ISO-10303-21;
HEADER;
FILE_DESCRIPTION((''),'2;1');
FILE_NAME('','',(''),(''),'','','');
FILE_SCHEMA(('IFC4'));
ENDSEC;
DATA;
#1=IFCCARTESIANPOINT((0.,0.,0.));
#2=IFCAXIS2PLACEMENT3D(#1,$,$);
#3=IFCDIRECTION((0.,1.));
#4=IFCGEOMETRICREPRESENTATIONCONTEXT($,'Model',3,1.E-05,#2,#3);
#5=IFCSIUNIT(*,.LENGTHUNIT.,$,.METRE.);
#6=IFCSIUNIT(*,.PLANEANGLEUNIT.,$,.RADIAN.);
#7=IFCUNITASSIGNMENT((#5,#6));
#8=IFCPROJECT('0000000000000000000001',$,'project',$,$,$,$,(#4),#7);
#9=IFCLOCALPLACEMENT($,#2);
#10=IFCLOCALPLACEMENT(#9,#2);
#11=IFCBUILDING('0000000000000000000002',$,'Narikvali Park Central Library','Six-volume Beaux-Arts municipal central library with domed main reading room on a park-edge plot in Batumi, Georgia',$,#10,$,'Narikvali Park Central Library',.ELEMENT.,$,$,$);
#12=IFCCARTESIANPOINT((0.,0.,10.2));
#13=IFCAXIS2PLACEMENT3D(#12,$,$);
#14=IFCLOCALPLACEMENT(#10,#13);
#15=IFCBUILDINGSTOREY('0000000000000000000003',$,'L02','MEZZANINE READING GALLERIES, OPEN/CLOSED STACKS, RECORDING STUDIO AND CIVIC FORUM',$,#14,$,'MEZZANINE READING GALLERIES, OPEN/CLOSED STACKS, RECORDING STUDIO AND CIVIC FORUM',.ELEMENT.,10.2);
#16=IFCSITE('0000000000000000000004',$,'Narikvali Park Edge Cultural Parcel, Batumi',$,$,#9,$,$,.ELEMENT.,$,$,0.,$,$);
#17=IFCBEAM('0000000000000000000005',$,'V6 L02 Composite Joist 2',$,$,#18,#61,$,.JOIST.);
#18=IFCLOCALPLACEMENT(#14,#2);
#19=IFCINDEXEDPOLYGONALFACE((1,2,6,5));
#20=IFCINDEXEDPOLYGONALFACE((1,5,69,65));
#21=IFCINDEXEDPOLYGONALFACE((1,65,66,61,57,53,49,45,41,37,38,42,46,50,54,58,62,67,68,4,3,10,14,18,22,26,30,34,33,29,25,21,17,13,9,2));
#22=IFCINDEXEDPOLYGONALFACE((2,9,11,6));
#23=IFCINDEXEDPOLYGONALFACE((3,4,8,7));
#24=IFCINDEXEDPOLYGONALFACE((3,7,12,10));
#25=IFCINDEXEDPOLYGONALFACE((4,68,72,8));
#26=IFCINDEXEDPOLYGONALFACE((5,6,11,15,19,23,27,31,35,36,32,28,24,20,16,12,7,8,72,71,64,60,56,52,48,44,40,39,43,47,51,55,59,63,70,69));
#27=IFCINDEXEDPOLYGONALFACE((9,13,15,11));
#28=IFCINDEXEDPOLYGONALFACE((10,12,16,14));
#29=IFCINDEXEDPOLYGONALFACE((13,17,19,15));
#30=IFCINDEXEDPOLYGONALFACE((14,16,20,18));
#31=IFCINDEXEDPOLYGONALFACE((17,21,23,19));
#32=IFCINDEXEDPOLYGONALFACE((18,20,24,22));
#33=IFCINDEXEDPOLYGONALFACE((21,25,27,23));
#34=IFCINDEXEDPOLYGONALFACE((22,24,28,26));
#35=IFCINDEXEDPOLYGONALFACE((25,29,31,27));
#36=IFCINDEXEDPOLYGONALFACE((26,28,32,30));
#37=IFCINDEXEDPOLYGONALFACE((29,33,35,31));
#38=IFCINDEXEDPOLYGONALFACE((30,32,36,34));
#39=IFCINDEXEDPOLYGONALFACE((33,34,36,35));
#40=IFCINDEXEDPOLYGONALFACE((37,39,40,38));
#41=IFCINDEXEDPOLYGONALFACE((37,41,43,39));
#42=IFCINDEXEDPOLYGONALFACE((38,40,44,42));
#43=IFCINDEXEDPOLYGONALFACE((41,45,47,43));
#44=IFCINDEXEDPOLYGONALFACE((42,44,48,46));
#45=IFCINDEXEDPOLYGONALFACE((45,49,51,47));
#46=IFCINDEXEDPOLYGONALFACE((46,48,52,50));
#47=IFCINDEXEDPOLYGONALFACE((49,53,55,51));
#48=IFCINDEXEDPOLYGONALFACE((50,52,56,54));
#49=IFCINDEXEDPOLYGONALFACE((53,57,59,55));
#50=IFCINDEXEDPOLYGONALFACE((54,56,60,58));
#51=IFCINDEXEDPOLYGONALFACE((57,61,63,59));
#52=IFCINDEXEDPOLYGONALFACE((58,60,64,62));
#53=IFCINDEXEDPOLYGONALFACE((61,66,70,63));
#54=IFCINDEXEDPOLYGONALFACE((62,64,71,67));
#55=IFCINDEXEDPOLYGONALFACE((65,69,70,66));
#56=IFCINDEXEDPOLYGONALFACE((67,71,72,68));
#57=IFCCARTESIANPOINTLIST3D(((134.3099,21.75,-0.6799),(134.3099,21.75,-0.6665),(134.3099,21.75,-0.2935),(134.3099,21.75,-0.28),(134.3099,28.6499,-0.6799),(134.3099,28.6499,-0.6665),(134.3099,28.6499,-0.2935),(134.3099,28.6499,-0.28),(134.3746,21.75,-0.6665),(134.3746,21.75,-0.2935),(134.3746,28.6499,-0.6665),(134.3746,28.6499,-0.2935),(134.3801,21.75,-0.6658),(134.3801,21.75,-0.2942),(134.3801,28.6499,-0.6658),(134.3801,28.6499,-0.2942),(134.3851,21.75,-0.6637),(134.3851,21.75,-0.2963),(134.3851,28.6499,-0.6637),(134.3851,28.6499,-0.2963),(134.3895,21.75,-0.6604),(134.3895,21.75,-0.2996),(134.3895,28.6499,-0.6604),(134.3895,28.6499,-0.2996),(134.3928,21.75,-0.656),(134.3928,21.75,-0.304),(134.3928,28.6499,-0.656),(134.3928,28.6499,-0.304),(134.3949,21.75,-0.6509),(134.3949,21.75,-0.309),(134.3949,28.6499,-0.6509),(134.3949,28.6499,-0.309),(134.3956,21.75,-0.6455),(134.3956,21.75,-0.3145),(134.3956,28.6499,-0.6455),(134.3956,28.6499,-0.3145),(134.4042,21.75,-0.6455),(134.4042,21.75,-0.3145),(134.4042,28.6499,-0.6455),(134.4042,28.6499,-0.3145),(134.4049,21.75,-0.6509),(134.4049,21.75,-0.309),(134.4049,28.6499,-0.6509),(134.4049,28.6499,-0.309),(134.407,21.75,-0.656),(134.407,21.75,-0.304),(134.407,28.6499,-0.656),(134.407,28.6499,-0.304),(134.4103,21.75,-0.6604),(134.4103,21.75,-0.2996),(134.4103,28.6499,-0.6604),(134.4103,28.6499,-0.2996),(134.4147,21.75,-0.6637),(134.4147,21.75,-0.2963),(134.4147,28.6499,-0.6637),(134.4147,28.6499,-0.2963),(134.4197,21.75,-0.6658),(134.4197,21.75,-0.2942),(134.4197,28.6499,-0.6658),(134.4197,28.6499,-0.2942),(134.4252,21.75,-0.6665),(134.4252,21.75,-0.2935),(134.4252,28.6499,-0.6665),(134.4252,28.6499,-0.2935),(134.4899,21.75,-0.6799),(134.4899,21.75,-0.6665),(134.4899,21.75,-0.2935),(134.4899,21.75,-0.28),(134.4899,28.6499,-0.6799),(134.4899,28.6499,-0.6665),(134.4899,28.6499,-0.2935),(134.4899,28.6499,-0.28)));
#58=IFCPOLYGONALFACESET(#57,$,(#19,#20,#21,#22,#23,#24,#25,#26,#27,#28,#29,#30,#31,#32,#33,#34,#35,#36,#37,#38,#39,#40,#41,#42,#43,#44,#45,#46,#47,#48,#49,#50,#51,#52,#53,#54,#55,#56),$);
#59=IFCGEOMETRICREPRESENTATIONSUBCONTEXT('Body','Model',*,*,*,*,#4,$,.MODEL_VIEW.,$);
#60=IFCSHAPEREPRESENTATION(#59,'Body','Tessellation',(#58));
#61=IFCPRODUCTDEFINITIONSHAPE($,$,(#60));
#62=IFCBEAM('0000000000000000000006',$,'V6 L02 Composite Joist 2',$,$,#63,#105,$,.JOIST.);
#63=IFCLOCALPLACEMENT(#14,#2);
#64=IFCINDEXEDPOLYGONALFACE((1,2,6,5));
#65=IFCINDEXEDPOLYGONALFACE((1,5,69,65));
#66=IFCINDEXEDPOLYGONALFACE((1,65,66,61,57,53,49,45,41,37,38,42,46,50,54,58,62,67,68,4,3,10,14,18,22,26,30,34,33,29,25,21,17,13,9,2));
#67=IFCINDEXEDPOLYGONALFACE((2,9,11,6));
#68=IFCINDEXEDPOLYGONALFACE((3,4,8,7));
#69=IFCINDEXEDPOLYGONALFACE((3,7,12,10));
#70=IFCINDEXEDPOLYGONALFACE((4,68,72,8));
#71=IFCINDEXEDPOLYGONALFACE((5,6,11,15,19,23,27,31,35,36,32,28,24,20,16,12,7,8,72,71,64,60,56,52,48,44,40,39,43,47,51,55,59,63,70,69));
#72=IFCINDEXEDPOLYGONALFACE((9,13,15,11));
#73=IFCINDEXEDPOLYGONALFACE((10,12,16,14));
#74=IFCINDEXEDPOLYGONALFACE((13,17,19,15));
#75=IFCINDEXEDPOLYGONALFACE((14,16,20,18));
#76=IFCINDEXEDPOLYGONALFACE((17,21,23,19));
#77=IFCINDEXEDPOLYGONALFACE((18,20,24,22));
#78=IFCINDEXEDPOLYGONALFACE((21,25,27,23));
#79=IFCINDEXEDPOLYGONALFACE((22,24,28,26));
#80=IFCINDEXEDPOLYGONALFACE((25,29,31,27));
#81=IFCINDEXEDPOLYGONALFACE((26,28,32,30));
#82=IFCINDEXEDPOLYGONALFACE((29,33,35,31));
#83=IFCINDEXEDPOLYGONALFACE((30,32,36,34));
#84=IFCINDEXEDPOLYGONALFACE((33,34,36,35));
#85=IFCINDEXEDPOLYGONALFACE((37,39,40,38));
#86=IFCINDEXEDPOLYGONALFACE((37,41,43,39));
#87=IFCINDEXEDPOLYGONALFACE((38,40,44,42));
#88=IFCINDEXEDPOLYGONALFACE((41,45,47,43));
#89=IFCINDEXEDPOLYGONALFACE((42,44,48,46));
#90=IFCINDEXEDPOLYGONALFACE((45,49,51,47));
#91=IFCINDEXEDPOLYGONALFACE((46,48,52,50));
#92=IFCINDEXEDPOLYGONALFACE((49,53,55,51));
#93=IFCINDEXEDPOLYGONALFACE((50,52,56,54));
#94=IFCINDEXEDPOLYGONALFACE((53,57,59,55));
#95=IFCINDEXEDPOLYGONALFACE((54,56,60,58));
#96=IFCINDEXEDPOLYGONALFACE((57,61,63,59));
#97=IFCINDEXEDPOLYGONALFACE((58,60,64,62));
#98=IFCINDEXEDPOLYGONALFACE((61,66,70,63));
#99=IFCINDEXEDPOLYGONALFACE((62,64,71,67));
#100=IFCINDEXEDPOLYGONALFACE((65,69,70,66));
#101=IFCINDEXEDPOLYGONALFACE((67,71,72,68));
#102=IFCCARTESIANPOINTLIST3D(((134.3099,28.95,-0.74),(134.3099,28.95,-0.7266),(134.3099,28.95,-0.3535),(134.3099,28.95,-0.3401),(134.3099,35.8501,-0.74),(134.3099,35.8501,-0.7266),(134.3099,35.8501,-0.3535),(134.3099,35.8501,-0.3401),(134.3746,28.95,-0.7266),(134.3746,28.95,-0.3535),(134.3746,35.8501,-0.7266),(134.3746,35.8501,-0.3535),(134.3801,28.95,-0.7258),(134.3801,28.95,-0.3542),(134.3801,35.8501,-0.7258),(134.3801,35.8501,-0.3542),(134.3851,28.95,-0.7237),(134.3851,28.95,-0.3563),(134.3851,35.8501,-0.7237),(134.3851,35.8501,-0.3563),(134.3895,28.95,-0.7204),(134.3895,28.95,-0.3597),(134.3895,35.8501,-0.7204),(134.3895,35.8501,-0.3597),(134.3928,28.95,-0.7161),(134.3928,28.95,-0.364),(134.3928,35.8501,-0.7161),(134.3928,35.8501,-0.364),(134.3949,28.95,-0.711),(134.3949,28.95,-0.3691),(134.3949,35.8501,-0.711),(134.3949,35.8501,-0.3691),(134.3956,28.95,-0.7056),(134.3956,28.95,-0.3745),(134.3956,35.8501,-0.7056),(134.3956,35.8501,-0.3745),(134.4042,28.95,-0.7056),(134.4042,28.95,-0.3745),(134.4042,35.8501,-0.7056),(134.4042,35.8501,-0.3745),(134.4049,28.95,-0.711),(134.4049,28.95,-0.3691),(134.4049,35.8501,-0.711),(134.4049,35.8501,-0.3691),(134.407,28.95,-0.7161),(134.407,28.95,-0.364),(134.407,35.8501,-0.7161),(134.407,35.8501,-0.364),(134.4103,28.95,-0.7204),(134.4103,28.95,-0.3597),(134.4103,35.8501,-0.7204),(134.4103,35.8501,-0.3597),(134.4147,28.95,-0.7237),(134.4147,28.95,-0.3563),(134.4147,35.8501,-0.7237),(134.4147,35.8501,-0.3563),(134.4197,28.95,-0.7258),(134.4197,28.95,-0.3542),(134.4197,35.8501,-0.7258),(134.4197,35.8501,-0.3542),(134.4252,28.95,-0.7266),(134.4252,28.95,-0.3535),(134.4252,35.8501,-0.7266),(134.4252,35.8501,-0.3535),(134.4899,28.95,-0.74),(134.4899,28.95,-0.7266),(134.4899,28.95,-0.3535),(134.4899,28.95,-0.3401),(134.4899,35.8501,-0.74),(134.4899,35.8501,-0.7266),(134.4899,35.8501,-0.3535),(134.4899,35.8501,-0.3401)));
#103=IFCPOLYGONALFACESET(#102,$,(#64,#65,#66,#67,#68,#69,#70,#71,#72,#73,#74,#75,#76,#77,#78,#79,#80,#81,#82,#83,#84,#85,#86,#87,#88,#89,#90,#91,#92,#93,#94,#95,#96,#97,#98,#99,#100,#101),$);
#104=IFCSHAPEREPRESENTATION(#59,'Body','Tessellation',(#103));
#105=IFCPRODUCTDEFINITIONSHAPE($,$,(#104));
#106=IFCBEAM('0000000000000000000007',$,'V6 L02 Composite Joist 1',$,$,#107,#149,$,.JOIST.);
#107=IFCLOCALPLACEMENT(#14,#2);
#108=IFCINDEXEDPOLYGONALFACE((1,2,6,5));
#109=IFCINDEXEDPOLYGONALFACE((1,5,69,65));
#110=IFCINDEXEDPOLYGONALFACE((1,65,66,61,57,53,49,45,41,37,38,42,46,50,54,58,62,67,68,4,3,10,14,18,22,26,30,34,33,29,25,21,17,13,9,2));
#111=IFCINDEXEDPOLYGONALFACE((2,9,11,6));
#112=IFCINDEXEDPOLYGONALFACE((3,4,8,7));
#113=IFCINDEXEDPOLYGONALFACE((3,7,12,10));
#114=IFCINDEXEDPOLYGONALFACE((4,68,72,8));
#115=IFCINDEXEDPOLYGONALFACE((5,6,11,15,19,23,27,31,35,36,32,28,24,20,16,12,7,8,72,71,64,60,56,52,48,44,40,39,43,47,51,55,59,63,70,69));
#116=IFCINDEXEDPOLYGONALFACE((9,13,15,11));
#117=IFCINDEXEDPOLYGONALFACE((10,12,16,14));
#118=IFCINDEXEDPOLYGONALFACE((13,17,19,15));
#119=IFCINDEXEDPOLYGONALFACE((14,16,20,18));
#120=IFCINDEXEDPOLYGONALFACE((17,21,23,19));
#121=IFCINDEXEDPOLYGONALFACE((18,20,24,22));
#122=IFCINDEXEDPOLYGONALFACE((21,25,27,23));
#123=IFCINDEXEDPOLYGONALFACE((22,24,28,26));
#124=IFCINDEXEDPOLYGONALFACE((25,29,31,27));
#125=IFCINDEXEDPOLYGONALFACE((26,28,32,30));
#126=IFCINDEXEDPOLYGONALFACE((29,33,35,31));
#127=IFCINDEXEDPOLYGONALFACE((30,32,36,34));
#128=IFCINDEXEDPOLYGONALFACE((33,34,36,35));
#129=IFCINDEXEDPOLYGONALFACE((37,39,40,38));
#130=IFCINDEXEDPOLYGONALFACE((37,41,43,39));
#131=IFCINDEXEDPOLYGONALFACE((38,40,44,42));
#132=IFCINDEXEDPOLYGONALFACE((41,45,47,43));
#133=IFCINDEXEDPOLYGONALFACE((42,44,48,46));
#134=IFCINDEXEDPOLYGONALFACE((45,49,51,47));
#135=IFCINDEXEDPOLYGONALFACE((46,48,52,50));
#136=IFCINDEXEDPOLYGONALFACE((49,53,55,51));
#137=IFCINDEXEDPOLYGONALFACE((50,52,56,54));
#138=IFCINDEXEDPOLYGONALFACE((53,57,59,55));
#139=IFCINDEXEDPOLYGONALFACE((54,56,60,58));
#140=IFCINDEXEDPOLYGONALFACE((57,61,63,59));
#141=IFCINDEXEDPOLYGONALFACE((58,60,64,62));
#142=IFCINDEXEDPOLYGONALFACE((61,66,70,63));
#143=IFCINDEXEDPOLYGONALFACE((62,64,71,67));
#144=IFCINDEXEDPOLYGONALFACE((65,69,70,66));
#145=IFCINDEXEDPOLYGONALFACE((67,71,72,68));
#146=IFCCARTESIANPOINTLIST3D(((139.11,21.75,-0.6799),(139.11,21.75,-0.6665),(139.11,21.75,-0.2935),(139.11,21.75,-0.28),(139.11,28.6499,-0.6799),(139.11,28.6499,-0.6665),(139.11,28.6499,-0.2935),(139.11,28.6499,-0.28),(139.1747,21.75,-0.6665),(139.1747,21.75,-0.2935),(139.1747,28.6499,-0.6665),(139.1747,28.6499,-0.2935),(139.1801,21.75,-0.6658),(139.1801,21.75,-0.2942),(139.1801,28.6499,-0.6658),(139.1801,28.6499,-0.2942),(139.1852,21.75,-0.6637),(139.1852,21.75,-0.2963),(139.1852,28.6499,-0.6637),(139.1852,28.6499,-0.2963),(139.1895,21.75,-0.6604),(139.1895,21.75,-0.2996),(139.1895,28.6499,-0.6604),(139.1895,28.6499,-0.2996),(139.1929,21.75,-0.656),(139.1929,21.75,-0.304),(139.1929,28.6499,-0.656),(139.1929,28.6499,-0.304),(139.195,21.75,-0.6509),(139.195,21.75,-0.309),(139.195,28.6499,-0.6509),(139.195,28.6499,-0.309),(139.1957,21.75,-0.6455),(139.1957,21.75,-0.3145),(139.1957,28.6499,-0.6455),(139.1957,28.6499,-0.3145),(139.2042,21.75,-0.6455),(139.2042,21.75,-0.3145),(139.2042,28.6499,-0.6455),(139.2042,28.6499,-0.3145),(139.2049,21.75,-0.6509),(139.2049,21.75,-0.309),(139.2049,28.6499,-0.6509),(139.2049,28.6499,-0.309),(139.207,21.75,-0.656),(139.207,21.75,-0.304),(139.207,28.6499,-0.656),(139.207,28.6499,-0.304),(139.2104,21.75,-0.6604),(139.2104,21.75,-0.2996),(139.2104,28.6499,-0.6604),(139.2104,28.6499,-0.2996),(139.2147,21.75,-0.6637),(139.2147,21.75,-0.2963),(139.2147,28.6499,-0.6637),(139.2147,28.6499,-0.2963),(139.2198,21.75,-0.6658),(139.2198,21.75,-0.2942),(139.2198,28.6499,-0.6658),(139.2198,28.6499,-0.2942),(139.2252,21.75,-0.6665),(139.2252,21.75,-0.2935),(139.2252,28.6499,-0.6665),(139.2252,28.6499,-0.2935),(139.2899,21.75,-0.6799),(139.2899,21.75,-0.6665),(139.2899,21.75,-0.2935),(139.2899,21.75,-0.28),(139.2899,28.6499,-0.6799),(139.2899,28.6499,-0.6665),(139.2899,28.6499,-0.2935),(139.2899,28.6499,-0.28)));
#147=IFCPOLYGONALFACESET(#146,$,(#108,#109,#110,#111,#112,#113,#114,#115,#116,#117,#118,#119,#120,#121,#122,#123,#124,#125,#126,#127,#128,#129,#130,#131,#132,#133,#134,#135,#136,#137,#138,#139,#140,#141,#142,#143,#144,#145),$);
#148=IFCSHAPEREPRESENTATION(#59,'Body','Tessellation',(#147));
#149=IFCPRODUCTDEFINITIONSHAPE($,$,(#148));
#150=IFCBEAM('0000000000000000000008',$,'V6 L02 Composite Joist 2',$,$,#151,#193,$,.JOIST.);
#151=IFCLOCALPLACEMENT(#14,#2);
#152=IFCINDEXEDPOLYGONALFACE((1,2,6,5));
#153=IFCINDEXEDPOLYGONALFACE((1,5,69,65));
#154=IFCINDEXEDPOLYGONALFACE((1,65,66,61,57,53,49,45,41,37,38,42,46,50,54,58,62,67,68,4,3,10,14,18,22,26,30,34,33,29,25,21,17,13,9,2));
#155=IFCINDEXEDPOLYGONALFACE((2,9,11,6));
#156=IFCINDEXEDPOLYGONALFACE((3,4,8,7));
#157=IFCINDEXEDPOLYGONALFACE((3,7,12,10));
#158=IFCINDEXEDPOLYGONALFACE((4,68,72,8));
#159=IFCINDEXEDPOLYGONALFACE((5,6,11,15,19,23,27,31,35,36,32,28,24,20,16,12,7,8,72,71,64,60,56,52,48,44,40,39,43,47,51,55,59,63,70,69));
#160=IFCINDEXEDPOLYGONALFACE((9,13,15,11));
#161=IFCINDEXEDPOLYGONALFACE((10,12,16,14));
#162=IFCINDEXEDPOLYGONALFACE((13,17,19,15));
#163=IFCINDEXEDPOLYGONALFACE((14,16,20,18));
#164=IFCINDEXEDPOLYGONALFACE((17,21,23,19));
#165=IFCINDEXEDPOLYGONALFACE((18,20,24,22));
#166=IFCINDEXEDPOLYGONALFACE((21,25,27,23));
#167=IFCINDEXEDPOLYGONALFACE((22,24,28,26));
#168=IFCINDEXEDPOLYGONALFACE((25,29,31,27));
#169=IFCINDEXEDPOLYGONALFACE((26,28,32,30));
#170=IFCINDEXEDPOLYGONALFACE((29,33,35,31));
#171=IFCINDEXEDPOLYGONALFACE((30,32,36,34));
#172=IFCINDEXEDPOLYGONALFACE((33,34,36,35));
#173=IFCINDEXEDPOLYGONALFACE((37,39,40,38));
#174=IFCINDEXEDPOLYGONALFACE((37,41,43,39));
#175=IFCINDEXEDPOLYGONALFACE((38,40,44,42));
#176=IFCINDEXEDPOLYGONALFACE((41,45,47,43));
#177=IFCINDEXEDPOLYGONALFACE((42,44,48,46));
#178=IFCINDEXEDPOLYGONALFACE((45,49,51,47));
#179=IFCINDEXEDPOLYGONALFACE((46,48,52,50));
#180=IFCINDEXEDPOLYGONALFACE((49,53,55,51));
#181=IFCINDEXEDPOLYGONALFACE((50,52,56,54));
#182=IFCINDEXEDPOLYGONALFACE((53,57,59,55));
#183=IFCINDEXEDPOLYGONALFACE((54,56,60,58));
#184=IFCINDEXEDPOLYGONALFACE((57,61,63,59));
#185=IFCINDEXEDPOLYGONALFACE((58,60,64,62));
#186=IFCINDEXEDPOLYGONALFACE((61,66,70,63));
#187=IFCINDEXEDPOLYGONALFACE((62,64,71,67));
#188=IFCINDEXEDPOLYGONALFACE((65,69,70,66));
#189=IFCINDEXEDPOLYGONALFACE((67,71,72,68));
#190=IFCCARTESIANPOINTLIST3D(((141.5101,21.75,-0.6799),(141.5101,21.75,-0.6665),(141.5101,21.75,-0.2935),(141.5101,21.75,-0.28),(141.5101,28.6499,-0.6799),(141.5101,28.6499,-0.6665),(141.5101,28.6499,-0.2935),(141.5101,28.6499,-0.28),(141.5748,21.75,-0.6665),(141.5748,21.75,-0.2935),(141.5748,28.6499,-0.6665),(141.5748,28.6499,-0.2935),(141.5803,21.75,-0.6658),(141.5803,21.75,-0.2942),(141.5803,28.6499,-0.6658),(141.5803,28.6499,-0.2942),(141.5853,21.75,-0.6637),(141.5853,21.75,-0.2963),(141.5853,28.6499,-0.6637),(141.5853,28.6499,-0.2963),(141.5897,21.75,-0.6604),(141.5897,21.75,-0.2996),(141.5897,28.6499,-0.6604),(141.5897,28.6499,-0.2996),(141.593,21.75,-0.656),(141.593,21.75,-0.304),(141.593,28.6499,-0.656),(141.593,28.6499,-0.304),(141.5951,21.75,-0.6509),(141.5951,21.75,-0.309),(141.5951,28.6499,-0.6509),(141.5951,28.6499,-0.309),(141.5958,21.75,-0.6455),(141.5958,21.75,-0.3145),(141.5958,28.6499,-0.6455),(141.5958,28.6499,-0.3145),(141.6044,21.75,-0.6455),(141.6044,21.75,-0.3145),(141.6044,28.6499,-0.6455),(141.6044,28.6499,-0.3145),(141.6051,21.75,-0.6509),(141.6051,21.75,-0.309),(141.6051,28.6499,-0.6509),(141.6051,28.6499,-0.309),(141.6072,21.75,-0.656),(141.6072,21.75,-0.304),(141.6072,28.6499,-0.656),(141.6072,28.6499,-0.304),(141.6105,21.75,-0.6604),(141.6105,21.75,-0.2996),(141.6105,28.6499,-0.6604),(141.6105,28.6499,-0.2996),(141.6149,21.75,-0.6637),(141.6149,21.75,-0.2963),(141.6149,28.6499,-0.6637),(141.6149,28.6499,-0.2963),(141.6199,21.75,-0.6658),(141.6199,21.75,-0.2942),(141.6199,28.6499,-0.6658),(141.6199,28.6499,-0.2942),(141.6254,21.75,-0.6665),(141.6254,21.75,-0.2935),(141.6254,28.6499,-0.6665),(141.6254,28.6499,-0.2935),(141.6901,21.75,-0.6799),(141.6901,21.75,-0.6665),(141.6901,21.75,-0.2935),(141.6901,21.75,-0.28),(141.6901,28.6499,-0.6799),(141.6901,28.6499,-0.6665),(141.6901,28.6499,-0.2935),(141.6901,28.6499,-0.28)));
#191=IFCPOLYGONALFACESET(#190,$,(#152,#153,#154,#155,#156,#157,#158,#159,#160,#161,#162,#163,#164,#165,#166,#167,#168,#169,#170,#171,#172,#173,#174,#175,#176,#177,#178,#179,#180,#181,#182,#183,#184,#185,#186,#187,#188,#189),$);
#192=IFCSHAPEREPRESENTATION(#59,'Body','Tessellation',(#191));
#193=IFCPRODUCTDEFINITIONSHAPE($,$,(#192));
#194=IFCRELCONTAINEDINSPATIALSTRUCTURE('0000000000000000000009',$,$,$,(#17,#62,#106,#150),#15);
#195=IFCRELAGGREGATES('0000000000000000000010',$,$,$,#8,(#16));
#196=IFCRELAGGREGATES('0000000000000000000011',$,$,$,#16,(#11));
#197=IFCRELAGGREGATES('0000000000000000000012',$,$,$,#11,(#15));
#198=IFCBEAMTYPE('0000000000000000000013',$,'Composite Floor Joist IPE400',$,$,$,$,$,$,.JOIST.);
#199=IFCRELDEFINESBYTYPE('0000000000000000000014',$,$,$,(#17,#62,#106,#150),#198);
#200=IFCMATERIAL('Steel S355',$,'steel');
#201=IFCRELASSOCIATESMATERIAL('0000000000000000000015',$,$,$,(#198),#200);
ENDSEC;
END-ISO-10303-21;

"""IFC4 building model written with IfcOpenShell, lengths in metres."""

from ifc_helpers import new_model, si_unit, direction, frame, origin, origin_2d, place, context, subcontext, project, spatial, i_section, extrude, material, material_profile, profile_set, type_object, element, save


model = new_model("IFC4")

# Units and contexts
model_context = context("Model", 3, precision=1e-05, world=origin(), true_north=direction((0.0, 1.0)))
body_context = subcontext(model_context, "Body", "Model", "MODEL_VIEW")
ifc_project = project(units=[si_unit("LENGTHUNIT", "METRE"), si_unit("PLANEANGLEUNIT", "RADIAN")], contexts=[model_context])

# Site, building, storey
site_placement = place(None, origin())
site = spatial("IfcSite", under=ifc_project, at=site_placement, Name="Narikvali Park Edge Cultural Parcel, Batumi", CompositionType="ELEMENT", RefElevation=0.0)
building_placement = place(site_placement, origin())
building = spatial("IfcBuilding", under=site, at=building_placement, Name="Narikvali Park Central Library", Description="Six-volume Beaux-Arts municipal central library with domed main reading room on a park-edge plot in Batumi, Georgia", LongName="Narikvali Park Central Library", CompositionType="ELEMENT")
storey_placement = place(building_placement, frame((0.0, 0.0, 10.2)))
storey = spatial("IfcBuildingStorey", under=building, at=storey_placement, Name="L02", Description="MEZZANINE READING GALLERIES, OPEN/CLOSED STACKS, RECORDING STUDIO AND CIVIC FORUM", LongName="MEZZANINE READING GALLERIES, OPEN/CLOSED STACKS, RECORDING STUDIO AND CIVIC FORUM", CompositionType="ELEMENT", Elevation=10.2)

# Shared definitions
ifc_material_1 = material(Name="Steel S355", Category="steel")

# Beams
ifc_material_profile_1 = material_profile(ifc_material_1, i_section(OverallWidth=0.1799, OverallDepth=0.3999, WebThickness=0.0085, FlangeThickness=0.0134, FilletRadius=0.021, at=origin_2d()), Name="IPE 400")
ifc_profile_set_1 = profile_set([ifc_material_profile_1], Name="Steel S355")
beam_type_1 = type_object("IfcBeamType", Name="Composite Floor Joist IPE400", PredefinedType="JOIST", material=ifc_profile_set_1)
beam_1_placement = place(storey_placement, frame((134.3999, 21.75, -0.48), z_axis=(0.0, 1.0, 0.0), x_axis=(-1.0, 0.0, 0.0)))
element("IfcBeam", 1, at=beam_1_placement, inside=storey, type_object=beam_type_1, Name="V6 L02 Composite Joist 2", PredefinedType="JOIST", context=body_context, shape_type="SweptSolid", body=[
    extrude(i_section(OverallWidth=0.1799, OverallDepth=0.3999, WebThickness=0.0085, FlangeThickness=0.0134, FilletRadius=0.021, at=origin_2d()), origin(), (0.0, 0.0, 1.0), 6.8999),
])
beam_2_placement = place(storey_placement, frame((134.3999, 28.95, -0.54), z_axis=(0.0, 1.0, 0.0), x_axis=(-1.0, 0.0, 0.0)))
element("IfcBeam", 2, at=beam_2_placement, inside=storey, type_object=beam_type_1, Name="V6 L02 Composite Joist 2", PredefinedType="JOIST", context=body_context, shape_type="SweptSolid", body=[
    extrude(i_section(OverallWidth=0.1799, OverallDepth=0.3999, WebThickness=0.0085, FlangeThickness=0.0134, FilletRadius=0.021, at=origin_2d()), origin(), (0.0, 0.0, 1.0), 6.9001),
])
for number, where, z_axis, x_axis, name in (
    (3, (139.2, 21.75, -0.48), (0.0, 1.0, 0.0), (-1.0, 0.0, 0.0), "V6 L02 Composite Joist 1"),
    (4, (141.6001, 21.75, -0.48), (0.0, 1.0, 0.0), (-1.0, 0.0, 0.0), "V6 L02 Composite Joist 2"),
):
    element("IfcBeam", number, at=place(storey_placement, frame(where, z_axis=z_axis, x_axis=x_axis)), inside=storey, type_object=beam_type_1, Name=name, PredefinedType="JOIST", context=body_context, shape_type="SweptSolid", body=[
        extrude(i_section(OverallWidth=0.1799, OverallDepth=0.3999, WebThickness=0.0085, FlangeThickness=0.0134, FilletRadius=0.021, at=origin_2d()), origin(), (0.0, 0.0, 1.0), 6.8999),
    ])

save(model, "model.ifc")
